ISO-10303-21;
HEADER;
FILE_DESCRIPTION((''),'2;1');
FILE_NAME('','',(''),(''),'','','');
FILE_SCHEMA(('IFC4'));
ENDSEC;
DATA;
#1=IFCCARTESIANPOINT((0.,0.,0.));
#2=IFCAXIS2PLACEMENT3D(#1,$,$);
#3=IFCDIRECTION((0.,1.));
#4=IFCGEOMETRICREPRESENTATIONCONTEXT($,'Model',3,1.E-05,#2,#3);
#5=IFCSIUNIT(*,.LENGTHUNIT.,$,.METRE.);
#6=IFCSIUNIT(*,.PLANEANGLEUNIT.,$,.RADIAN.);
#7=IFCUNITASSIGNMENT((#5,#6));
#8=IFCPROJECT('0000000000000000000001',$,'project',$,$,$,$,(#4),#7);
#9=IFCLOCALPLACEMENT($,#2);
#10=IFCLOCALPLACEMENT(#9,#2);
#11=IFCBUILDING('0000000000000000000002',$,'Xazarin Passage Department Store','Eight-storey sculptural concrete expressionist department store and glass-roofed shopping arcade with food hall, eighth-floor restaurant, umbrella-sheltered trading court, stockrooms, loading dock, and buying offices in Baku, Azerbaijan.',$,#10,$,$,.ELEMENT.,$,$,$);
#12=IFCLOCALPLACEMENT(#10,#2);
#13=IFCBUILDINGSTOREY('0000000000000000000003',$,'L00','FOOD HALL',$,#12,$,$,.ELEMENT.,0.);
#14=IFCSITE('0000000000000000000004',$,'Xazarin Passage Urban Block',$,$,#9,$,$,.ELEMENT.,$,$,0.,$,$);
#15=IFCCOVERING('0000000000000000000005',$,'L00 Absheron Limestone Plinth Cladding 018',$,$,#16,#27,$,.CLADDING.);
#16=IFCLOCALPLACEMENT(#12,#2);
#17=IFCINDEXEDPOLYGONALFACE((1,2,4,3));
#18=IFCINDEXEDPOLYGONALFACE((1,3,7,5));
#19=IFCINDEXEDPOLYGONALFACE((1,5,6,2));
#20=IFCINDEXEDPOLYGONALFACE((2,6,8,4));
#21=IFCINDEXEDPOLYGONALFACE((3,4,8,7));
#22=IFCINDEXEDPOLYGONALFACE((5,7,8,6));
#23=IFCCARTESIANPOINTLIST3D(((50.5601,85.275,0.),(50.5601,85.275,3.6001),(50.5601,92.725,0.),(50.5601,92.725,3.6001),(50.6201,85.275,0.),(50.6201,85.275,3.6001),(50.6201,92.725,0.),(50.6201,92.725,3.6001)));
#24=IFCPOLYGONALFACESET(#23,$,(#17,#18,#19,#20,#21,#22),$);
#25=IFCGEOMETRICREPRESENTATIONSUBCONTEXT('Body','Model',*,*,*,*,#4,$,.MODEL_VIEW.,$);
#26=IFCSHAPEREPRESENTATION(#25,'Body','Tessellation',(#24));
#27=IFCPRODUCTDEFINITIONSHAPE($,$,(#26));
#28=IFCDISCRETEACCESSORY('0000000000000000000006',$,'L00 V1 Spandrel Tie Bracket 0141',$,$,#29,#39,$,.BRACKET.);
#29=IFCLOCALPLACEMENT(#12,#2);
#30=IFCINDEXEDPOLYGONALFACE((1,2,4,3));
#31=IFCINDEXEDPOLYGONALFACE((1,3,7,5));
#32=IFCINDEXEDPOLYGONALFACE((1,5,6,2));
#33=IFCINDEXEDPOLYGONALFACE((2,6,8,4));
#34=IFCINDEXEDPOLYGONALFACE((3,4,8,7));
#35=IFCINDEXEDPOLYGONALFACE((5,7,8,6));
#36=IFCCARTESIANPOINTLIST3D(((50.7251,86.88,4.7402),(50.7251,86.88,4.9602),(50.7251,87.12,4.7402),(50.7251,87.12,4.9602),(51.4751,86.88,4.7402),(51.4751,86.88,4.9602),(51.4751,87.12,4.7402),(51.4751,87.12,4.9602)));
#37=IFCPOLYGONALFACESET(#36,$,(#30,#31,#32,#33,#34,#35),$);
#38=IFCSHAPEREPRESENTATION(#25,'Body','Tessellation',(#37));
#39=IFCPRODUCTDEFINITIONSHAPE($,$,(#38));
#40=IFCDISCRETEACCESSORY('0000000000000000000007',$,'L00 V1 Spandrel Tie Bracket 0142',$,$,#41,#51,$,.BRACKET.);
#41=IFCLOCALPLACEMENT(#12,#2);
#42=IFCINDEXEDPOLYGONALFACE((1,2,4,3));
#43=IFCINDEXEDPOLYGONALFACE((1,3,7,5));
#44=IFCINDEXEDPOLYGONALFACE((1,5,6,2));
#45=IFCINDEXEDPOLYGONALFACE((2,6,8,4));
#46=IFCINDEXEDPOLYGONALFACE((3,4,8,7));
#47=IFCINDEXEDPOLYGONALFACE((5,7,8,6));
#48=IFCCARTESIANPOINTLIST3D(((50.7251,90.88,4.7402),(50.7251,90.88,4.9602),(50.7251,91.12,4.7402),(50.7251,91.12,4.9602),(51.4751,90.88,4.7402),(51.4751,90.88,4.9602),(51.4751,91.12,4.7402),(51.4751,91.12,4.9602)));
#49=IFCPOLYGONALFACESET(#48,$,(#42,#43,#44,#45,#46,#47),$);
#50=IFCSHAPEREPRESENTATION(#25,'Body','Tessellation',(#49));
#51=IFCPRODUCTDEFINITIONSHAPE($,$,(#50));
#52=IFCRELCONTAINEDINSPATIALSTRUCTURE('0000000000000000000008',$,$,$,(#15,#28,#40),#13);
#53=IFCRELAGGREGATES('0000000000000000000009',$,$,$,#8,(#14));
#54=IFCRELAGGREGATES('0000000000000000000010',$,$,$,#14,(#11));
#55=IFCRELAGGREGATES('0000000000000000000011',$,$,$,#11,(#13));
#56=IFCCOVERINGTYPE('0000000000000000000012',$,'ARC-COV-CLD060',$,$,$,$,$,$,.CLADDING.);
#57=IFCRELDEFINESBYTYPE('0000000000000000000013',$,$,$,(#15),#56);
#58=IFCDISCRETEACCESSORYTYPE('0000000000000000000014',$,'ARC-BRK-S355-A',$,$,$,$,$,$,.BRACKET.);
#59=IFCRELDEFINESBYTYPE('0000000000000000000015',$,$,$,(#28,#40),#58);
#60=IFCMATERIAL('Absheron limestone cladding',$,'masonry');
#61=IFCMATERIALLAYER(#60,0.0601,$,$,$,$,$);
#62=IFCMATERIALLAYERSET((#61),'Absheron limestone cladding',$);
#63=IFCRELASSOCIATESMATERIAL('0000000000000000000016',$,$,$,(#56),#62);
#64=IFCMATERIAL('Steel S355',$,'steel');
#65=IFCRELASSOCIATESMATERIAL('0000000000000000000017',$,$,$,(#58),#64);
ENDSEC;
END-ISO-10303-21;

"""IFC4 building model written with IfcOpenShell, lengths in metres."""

from ifc_helpers import new_model, si_unit, direction, frame, origin, origin_2d, place, context, subcontext, project, spatial, rectangle, extrude, material, layer, layer_set, type_object, element, save


model = new_model("IFC4")

# Units and contexts
model_context = context("Model", 3, precision=1e-05, world=origin(), true_north=direction((0.0, 1.0)))
body_context = subcontext(model_context, "Body", "Model", "MODEL_VIEW")
ifc_project = project(units=[si_unit("LENGTHUNIT", "METRE"), si_unit("PLANEANGLEUNIT", "RADIAN")], contexts=[model_context])

# Site, building, storey
site_placement = place(None, origin())
site = spatial("IfcSite", under=ifc_project, at=site_placement, Name="Xazarin Passage Urban Block", CompositionType="ELEMENT", RefElevation=0.0)
building_placement = place(site_placement, origin())
building = spatial("IfcBuilding", under=site, at=building_placement, Name="Xazarin Passage Department Store", Description="Eight-storey sculptural concrete expressionist department store and glass-roofed shopping arcade with food hall, eighth-floor restaurant, umbrella-sheltered trading court, stockrooms, loading dock, and buying offices in Baku, Azerbaijan.", CompositionType="ELEMENT")
storey_placement = place(building_placement, origin())
storey = spatial("IfcBuildingStorey", under=building, at=storey_placement, Name="L00", Description="FOOD HALL", CompositionType="ELEMENT", Elevation=0.0)

# Covering
ifc_material_1 = material(Name="Absheron limestone cladding", Category="masonry")
ifc_layer_1 = layer(ifc_material_1, 0.0601)
ifc_layer_set_1 = layer_set([ifc_layer_1], Name="Absheron limestone cladding")
covering_type = type_object("IfcCoveringType", Name="ARC-COV-CLD060", PredefinedType="CLADDING", material=ifc_layer_set_1)
covering_placement = place(storey_placement, frame((50.5901, 89.0, 0.0), z_axis=(0.0, 0.0, 1.0), x_axis=(0.0, 1.0, 0.0)))
element("IfcCovering", 1, at=covering_placement, inside=storey, type_object=covering_type, Name="L00 Absheron Limestone Plinth Cladding 018", PredefinedType="CLADDING", context=body_context, shape_type="SweptSolid", body=[
    extrude(rectangle(XDim=7.45, YDim=0.0601, at=origin_2d()), origin(), (0.0, 0.0, 1.0), 3.6001),
])

# Discrete accessories
ifc_material_2 = material(Name="Steel S355", Category="steel")
discrete_accessory_type = type_object("IfcDiscreteAccessoryType", Name="ARC-BRK-S355-A", PredefinedType="BRACKET", material=ifc_material_2)
for number, where, z_axis, x_axis, name in (
    (2, (51.1001, 87.0, 4.7402), (0.0, 0.0, 1.0), (0.0, 1.0, 0.0), "L00 V1 Spandrel Tie Bracket 0141"),
    (3, (51.1001, 91.0, 4.7402), (0.0, 0.0, 1.0), (0.0, 1.0, 0.0), "L00 V1 Spandrel Tie Bracket 0142"),
):
    element("IfcDiscreteAccessory", number, at=place(storey_placement, frame(where, z_axis=z_axis, x_axis=x_axis)), inside=storey, type_object=discrete_accessory_type, Name=name, PredefinedType="BRACKET", context=body_context, shape_type="SweptSolid", body=[
        extrude(rectangle(XDim=0.24, YDim=0.75, at=origin_2d()), origin(), (0.0, 0.0, 1.0), 0.22),
    ])

save(model, "model.ifc")
